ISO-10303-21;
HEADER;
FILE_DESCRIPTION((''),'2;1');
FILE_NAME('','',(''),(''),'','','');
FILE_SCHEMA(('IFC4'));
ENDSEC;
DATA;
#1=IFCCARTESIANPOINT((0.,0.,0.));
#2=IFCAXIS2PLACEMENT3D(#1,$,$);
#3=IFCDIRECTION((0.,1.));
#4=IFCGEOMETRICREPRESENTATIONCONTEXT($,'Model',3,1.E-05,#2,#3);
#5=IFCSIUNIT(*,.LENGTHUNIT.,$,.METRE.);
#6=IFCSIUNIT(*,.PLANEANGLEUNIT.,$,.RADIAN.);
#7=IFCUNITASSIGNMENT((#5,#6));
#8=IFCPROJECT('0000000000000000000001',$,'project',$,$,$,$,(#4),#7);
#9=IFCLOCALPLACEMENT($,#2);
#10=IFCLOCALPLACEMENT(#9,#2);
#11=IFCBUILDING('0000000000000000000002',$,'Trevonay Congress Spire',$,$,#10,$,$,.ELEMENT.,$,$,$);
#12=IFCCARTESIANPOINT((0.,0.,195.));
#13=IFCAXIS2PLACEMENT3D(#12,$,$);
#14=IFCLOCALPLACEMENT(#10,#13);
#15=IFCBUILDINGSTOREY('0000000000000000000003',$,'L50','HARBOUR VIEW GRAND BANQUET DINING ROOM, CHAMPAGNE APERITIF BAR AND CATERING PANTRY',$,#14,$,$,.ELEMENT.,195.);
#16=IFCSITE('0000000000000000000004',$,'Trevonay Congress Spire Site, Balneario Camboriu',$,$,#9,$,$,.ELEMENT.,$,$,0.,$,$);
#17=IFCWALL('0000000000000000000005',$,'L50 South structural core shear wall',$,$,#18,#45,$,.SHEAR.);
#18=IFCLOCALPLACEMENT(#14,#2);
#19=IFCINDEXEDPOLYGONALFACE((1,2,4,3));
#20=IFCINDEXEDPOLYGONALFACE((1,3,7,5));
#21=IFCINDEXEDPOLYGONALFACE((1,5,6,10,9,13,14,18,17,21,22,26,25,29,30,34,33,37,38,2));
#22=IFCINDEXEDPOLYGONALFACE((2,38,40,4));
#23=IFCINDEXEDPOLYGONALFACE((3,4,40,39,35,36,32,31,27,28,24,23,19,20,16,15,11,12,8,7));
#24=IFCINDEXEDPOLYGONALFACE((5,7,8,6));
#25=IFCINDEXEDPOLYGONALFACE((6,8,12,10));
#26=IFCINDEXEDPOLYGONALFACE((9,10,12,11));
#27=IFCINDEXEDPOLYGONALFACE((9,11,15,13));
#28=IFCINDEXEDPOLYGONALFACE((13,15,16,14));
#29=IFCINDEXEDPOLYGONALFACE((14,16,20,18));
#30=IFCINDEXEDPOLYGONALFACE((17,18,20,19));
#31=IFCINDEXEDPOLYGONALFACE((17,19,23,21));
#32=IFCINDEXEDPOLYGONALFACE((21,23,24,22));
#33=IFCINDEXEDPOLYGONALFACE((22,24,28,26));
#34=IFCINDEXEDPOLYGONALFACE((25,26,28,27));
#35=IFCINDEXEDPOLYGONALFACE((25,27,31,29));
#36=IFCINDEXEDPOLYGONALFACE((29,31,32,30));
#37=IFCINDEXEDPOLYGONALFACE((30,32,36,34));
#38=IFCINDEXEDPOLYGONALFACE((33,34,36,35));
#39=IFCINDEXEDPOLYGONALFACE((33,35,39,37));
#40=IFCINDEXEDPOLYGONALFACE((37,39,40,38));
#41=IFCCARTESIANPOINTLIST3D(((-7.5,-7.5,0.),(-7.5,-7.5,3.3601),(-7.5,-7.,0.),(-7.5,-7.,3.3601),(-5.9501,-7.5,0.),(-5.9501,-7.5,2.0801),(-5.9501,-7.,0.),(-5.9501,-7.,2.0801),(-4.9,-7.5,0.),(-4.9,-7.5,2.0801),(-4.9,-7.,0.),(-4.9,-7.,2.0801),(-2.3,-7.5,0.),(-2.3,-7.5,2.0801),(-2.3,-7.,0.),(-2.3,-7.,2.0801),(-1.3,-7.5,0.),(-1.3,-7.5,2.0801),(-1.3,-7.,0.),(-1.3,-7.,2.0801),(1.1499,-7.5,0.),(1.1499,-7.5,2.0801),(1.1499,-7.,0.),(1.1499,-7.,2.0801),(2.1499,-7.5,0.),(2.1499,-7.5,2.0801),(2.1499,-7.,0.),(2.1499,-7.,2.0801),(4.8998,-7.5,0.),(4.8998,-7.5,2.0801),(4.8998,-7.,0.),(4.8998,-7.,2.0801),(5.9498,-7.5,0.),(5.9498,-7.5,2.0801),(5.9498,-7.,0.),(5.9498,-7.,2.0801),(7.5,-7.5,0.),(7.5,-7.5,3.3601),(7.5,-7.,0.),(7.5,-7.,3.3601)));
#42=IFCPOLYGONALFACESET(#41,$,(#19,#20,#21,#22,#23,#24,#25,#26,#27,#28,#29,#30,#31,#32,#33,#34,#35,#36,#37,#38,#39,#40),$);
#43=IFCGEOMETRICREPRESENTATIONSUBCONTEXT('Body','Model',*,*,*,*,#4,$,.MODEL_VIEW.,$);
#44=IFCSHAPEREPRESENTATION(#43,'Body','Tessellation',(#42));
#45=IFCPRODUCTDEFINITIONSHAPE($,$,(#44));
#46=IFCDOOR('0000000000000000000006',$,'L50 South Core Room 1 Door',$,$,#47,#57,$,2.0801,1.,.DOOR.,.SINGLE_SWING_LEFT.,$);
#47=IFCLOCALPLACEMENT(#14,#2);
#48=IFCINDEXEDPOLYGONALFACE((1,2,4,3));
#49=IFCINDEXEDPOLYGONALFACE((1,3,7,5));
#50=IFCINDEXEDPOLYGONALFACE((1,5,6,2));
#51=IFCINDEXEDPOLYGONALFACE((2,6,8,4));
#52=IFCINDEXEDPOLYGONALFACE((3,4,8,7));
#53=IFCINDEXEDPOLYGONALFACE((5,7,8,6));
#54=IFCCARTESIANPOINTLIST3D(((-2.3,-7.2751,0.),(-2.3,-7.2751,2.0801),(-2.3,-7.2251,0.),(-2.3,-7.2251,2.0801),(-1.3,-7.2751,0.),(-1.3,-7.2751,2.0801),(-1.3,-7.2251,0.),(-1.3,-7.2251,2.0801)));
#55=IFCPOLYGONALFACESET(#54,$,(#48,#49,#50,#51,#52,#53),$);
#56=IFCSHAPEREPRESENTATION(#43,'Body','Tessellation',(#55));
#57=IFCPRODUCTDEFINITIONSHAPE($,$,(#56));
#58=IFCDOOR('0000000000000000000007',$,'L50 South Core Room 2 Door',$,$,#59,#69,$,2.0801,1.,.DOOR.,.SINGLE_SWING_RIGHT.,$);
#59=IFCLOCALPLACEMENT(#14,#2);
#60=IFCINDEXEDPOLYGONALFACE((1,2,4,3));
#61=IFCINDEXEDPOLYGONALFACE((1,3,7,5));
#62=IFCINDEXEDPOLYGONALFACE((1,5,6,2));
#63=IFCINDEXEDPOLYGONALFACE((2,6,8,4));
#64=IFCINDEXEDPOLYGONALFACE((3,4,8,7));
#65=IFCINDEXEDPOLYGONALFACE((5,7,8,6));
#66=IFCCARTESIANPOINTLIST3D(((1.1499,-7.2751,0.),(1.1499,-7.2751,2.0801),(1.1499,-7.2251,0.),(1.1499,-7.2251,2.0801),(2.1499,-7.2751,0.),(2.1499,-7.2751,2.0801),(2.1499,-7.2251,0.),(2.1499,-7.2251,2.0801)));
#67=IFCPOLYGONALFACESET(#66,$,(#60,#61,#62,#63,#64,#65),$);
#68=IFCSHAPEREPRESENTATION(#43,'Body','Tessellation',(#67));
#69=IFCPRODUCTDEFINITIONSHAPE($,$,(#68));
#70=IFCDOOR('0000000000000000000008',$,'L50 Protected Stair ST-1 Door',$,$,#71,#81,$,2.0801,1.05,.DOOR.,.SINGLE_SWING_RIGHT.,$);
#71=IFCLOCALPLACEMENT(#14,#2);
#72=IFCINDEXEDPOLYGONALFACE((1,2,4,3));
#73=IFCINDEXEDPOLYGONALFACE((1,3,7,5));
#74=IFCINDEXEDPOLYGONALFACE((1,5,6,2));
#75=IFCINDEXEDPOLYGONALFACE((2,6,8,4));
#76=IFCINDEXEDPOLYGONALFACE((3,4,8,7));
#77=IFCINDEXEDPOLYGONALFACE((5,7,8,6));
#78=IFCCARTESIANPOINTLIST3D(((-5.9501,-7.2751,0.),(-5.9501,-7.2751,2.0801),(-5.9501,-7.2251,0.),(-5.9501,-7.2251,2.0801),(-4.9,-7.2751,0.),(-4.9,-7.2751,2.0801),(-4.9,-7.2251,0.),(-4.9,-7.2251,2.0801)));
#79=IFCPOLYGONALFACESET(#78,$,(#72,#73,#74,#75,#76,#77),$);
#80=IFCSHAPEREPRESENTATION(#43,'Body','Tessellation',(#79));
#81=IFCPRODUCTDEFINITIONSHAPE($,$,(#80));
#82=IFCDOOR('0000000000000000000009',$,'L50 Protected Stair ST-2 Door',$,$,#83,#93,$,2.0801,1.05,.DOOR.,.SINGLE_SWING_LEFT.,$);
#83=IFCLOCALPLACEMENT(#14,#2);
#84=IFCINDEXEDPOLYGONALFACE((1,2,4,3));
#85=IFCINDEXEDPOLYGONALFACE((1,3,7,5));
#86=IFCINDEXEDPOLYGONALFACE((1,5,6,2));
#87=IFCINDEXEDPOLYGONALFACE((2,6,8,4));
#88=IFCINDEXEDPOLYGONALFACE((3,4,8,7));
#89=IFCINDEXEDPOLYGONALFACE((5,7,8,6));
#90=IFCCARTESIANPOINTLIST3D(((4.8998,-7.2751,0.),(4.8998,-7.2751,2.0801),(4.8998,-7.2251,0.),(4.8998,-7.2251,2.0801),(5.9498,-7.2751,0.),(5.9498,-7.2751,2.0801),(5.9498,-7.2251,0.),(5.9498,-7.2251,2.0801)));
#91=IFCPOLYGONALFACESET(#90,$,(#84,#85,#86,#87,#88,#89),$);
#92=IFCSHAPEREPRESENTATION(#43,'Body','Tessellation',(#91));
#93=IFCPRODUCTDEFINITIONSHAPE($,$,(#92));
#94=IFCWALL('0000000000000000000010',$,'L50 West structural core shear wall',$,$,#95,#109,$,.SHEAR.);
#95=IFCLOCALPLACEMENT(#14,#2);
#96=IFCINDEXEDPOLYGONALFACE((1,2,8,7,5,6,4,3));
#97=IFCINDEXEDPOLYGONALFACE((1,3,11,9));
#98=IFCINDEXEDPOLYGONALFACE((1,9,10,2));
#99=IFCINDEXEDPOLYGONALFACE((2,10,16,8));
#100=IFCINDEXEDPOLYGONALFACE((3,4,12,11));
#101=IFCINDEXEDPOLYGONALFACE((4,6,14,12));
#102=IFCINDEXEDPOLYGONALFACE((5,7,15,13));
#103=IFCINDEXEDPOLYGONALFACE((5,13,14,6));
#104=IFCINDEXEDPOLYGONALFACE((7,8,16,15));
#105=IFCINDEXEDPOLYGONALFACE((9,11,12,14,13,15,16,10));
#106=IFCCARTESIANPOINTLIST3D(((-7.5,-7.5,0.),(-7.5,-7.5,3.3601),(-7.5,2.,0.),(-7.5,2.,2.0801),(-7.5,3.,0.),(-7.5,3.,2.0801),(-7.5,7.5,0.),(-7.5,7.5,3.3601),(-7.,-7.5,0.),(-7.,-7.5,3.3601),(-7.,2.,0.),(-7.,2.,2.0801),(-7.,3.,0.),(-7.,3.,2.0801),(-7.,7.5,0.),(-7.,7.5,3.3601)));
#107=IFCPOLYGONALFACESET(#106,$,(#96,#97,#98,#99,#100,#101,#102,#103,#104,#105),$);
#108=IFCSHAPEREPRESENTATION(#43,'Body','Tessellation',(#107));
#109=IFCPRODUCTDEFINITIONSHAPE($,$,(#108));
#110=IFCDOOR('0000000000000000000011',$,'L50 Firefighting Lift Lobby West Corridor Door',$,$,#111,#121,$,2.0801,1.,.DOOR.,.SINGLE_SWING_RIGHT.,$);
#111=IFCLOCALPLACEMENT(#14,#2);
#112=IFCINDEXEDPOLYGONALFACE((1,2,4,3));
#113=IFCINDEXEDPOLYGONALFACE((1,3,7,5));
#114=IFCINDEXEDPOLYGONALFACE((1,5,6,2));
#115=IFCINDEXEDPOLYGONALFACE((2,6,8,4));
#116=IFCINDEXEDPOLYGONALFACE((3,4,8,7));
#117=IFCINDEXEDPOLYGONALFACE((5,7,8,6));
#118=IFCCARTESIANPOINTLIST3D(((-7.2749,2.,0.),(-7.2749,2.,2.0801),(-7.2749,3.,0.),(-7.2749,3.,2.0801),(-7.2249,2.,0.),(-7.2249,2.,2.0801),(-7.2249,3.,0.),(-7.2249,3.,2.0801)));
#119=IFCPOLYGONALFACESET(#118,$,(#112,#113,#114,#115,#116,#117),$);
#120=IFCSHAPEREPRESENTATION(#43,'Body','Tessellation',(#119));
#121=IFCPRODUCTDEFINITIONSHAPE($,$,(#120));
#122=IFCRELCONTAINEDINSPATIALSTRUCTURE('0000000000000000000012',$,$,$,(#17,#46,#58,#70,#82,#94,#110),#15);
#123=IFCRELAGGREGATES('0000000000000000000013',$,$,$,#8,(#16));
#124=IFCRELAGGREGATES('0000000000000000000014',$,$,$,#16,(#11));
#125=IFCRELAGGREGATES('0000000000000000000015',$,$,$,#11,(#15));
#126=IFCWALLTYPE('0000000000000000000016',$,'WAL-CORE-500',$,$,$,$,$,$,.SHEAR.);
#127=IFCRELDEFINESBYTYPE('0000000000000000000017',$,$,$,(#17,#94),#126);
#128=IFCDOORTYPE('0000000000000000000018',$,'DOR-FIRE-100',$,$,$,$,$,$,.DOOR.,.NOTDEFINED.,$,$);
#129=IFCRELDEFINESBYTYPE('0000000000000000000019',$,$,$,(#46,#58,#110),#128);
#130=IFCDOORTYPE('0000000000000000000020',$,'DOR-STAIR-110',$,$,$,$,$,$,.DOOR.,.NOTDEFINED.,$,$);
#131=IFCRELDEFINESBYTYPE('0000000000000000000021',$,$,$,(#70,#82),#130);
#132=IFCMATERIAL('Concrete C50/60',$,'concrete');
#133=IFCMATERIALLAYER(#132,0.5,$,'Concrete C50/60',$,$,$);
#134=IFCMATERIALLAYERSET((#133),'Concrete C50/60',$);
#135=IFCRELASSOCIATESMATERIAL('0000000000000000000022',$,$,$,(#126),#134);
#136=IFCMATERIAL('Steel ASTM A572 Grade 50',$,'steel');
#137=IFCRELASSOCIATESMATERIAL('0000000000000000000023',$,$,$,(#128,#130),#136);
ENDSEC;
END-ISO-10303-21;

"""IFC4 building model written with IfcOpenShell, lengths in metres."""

from ifc_helpers import new_model, si_unit, direction, frame, frame_2d, origin, place, context, subcontext, project, spatial, rectangle, extrude, material, layer, layer_set, type_object, element, fill, save


model = new_model("IFC4")

# Units and contexts
model_context = context("Model", 3, precision=1e-05, world=origin(), true_north=direction((0.0, 1.0)))
body_context = subcontext(model_context, "Body", "Model", "MODEL_VIEW")
ifc_project = project(units=[si_unit("LENGTHUNIT", "METRE"), si_unit("PLANEANGLEUNIT", "RADIAN")], contexts=[model_context])

# Site, building, storey
site_placement = place(None, origin())
site = spatial("IfcSite", under=ifc_project, at=site_placement, Name="Trevonay Congress Spire Site, Balneario Camboriu", CompositionType="ELEMENT", RefElevation=0.0)
building_placement = place(site_placement, origin())
building = spatial("IfcBuilding", under=site, at=building_placement, Name="Trevonay Congress Spire", CompositionType="ELEMENT")
storey_placement = place(building_placement, frame((0.0, 0.0, 195.0)))
storey = spatial("IfcBuildingStorey", under=building, at=storey_placement, Name="L50", Description="HARBOUR VIEW GRAND BANQUET DINING ROOM, CHAMPAGNE APERITIF BAR AND CATERING PANTRY", CompositionType="ELEMENT", Elevation=195.0)

# Shared definitions
ifc_material_1 = material(Name="Steel ASTM A572 Grade 50", Category="steel")

# Wall, openings, doors
ifc_material_2 = material(Name="Concrete C50/60", Category="concrete")
ifc_layer_1 = layer(ifc_material_2, 0.5, Name="Concrete C50/60")
ifc_layer_set_1 = layer_set([ifc_layer_1], Name="Concrete C50/60")
wall_type_1 = type_object("IfcWallType", Name="WAL-CORE-500", PredefinedType="SHEAR", material=ifc_layer_set_1)
wall_1_placement = place(storey_placement, frame((-7.5, -7.25, 0.0), z_axis=(0.0, 0.0, 1.0), x_axis=(1.0, 0.0, 0.0)))
wall_1 = element("IfcWall", 1, at=wall_1_placement, inside=storey, type_object=wall_type_1, Name="L50 South structural core shear wall", PredefinedType="SHEAR", context=body_context, shape_type="SweptSolid", body=[
    extrude(rectangle(XDim=15.0, YDim=0.5, at=frame_2d((7.5, 0.0))), origin(), (0.0, 0.0, 1.0), 3.3601),
])
opening_1_placement = place(wall_1_placement, frame((1.55, 0.0, 0.0)))
opening_1 = element("IfcOpeningElement", 2, at=opening_1_placement, cuts=wall_1, PredefinedType="OPENING", context=body_context, shape_type="SweptSolid", body=[
    extrude(rectangle(XDim=1.05, YDim=2.0801, at=frame_2d((0.5249, 1.04))), frame((0.0, 0.26, 0.0), z_axis=(0.0, -1.0, 0.0), x_axis=(1.0, 0.0, 0.0)), (0.0, 0.0, 1.0), 0.52),
])
opening_2_placement = place(wall_1_placement, frame((12.3999, 0.0, 0.0)))
opening_2 = element("IfcOpeningElement", 3, at=opening_2_placement, cuts=wall_1, PredefinedType="OPENING", context=body_context, shape_type="SweptSolid", body=[
    extrude(rectangle(XDim=1.05, YDim=2.0801, at=frame_2d((0.5249, 1.04))), frame((0.0, 0.26, 0.0), z_axis=(0.0, -1.0, 0.0), x_axis=(1.0, 0.0, 0.0)), (0.0, 0.0, 1.0), 0.52),
])
opening_3_placement = place(wall_1_placement, frame((5.2, 0.0, 0.0)))
opening_3 = element("IfcOpeningElement", 4, at=opening_3_placement, cuts=wall_1, PredefinedType="OPENING", context=body_context, shape_type="SweptSolid", body=[
    extrude(rectangle(XDim=1.0, YDim=2.0801, at=frame_2d((0.5, 1.04))), frame((0.0, 0.26, 0.0), z_axis=(0.0, -1.0, 0.0), x_axis=(1.0, 0.0, 0.0)), (0.0, 0.0, 1.0), 0.52),
])
opening_4_placement = place(wall_1_placement, frame((8.6499, 0.0, 0.0)))
opening_4 = element("IfcOpeningElement", 5, at=opening_4_placement, cuts=wall_1, PredefinedType="OPENING", context=body_context, shape_type="SweptSolid", body=[
    extrude(rectangle(XDim=1.0, YDim=2.0801, at=frame_2d((0.5, 1.04))), frame((0.0, 0.26, 0.0), z_axis=(0.0, -1.0, 0.0), x_axis=(1.0, 0.0, 0.0)), (0.0, 0.0, 1.0), 0.52),
])
door_type_1 = type_object("IfcDoorType", Name="DOR-FIRE-100", OperationType="NOTDEFINED", PredefinedType="DOOR", material=ifc_material_1)
door_1_placement = place(opening_3_placement, origin())
door_1 = element("IfcDoor", 6, at=door_1_placement, inside=storey, type_object=door_type_1, Name="L50 South Core Room 1 Door", OperationType="SINGLE_SWING_LEFT", OverallHeight=2.0801, OverallWidth=1.0, PredefinedType="DOOR", context=body_context, shape_type="SweptSolid", body=[
    extrude(rectangle(XDim=1.0, YDim=2.0801, at=frame_2d((0.5, 1.04))), frame((0.0, 0.0249, 0.0), z_axis=(0.0, -1.0, 0.0), x_axis=(1.0, 0.0, 0.0)), (0.0, 0.0, 1.0), 0.05),
])
fill(opening_3, door_1)
door_2_placement = place(opening_4_placement, origin())
door_2 = element("IfcDoor", 7, at=door_2_placement, inside=storey, type_object=door_type_1, Name="L50 South Core Room 2 Door", OperationType="SINGLE_SWING_RIGHT", OverallHeight=2.0801, OverallWidth=1.0, PredefinedType="DOOR", context=body_context, shape_type="SweptSolid", body=[
    extrude(rectangle(XDim=1.0, YDim=2.0801, at=frame_2d((0.5, 1.04))), frame((0.0, 0.0249, 0.0), z_axis=(0.0, -1.0, 0.0), x_axis=(1.0, 0.0, 0.0)), (0.0, 0.0, 1.0), 0.05),
])
fill(opening_4, door_2)
door_type_2 = type_object("IfcDoorType", Name="DOR-STAIR-110", OperationType="NOTDEFINED", PredefinedType="DOOR", material=ifc_material_1)
door_3_placement = place(opening_1_placement, origin())
door_3 = element("IfcDoor", 8, at=door_3_placement, inside=storey, type_object=door_type_2, Name="L50 Protected Stair ST-1 Door", OperationType="SINGLE_SWING_RIGHT", OverallHeight=2.0801, OverallWidth=1.05, PredefinedType="DOOR", context=body_context, shape_type="SweptSolid", body=[
    extrude(rectangle(XDim=1.05, YDim=2.0801, at=frame_2d((0.5249, 1.04))), frame((0.0, 0.0249, 0.0), z_axis=(0.0, -1.0, 0.0), x_axis=(1.0, 0.0, 0.0)), (0.0, 0.0, 1.0), 0.05),
])
fill(opening_1, door_3)
door_4_placement = place(opening_2_placement, origin())
door_4 = element("IfcDoor", 9, at=door_4_placement, inside=storey, type_object=door_type_2, Name="L50 Protected Stair ST-2 Door", OperationType="SINGLE_SWING_LEFT", OverallHeight=2.0801, OverallWidth=1.05, PredefinedType="DOOR", context=body_context, shape_type="SweptSolid", body=[
    extrude(rectangle(XDim=1.05, YDim=2.0801, at=frame_2d((0.5249, 1.04))), frame((0.0, 0.0249, 0.0), z_axis=(0.0, -1.0, 0.0), x_axis=(1.0, 0.0, 0.0)), (0.0, 0.0, 1.0), 0.05),
])
fill(opening_2, door_4)

# Wall, opening, door
wall_2_placement = place(storey_placement, frame((-7.25, -7.5, 0.0), z_axis=(0.0, 0.0, 1.0), x_axis=(0.0, 1.0, 0.0)))
wall_2 = element("IfcWall", 10, at=wall_2_placement, inside=storey, type_object=wall_type_1, Name="L50 West structural core shear wall", PredefinedType="SHEAR", context=body_context, shape_type="SweptSolid", body=[
    extrude(rectangle(XDim=15.0, YDim=0.5, at=frame_2d((7.5, 0.0))), origin(), (0.0, 0.0, 1.0), 3.3601),
])
opening_5_placement = place(wall_2_placement, frame((9.5, 0.0, 0.0)))
opening_5 = element("IfcOpeningElement", 11, at=opening_5_placement, cuts=wall_2, PredefinedType="OPENING", context=body_context, shape_type="SweptSolid", body=[
    extrude(rectangle(XDim=1.0, YDim=2.0801, at=frame_2d((0.5, 1.04))), frame((0.0, 0.26, 0.0), z_axis=(0.0, -1.0, 0.0), x_axis=(1.0, 0.0, 0.0)), (0.0, 0.0, 1.0), 0.52),
])
door_5_placement = place(opening_5_placement, origin())
door_5 = element("IfcDoor", 12, at=door_5_placement, inside=storey, type_object=door_type_1, Name="L50 Firefighting Lift Lobby West Corridor Door", OperationType="SINGLE_SWING_RIGHT", OverallHeight=2.0801, OverallWidth=1.0, PredefinedType="DOOR", context=body_context, shape_type="SweptSolid", body=[
    extrude(rectangle(XDim=1.0, YDim=2.0801, at=frame_2d((0.5, 1.04))), frame((0.0, 0.0249, 0.0), z_axis=(0.0, -1.0, 0.0), x_axis=(1.0, 0.0, 0.0)), (0.0, 0.0, 1.0), 0.05),
])
fill(opening_5, door_5)

save(model, "model.ifc")
